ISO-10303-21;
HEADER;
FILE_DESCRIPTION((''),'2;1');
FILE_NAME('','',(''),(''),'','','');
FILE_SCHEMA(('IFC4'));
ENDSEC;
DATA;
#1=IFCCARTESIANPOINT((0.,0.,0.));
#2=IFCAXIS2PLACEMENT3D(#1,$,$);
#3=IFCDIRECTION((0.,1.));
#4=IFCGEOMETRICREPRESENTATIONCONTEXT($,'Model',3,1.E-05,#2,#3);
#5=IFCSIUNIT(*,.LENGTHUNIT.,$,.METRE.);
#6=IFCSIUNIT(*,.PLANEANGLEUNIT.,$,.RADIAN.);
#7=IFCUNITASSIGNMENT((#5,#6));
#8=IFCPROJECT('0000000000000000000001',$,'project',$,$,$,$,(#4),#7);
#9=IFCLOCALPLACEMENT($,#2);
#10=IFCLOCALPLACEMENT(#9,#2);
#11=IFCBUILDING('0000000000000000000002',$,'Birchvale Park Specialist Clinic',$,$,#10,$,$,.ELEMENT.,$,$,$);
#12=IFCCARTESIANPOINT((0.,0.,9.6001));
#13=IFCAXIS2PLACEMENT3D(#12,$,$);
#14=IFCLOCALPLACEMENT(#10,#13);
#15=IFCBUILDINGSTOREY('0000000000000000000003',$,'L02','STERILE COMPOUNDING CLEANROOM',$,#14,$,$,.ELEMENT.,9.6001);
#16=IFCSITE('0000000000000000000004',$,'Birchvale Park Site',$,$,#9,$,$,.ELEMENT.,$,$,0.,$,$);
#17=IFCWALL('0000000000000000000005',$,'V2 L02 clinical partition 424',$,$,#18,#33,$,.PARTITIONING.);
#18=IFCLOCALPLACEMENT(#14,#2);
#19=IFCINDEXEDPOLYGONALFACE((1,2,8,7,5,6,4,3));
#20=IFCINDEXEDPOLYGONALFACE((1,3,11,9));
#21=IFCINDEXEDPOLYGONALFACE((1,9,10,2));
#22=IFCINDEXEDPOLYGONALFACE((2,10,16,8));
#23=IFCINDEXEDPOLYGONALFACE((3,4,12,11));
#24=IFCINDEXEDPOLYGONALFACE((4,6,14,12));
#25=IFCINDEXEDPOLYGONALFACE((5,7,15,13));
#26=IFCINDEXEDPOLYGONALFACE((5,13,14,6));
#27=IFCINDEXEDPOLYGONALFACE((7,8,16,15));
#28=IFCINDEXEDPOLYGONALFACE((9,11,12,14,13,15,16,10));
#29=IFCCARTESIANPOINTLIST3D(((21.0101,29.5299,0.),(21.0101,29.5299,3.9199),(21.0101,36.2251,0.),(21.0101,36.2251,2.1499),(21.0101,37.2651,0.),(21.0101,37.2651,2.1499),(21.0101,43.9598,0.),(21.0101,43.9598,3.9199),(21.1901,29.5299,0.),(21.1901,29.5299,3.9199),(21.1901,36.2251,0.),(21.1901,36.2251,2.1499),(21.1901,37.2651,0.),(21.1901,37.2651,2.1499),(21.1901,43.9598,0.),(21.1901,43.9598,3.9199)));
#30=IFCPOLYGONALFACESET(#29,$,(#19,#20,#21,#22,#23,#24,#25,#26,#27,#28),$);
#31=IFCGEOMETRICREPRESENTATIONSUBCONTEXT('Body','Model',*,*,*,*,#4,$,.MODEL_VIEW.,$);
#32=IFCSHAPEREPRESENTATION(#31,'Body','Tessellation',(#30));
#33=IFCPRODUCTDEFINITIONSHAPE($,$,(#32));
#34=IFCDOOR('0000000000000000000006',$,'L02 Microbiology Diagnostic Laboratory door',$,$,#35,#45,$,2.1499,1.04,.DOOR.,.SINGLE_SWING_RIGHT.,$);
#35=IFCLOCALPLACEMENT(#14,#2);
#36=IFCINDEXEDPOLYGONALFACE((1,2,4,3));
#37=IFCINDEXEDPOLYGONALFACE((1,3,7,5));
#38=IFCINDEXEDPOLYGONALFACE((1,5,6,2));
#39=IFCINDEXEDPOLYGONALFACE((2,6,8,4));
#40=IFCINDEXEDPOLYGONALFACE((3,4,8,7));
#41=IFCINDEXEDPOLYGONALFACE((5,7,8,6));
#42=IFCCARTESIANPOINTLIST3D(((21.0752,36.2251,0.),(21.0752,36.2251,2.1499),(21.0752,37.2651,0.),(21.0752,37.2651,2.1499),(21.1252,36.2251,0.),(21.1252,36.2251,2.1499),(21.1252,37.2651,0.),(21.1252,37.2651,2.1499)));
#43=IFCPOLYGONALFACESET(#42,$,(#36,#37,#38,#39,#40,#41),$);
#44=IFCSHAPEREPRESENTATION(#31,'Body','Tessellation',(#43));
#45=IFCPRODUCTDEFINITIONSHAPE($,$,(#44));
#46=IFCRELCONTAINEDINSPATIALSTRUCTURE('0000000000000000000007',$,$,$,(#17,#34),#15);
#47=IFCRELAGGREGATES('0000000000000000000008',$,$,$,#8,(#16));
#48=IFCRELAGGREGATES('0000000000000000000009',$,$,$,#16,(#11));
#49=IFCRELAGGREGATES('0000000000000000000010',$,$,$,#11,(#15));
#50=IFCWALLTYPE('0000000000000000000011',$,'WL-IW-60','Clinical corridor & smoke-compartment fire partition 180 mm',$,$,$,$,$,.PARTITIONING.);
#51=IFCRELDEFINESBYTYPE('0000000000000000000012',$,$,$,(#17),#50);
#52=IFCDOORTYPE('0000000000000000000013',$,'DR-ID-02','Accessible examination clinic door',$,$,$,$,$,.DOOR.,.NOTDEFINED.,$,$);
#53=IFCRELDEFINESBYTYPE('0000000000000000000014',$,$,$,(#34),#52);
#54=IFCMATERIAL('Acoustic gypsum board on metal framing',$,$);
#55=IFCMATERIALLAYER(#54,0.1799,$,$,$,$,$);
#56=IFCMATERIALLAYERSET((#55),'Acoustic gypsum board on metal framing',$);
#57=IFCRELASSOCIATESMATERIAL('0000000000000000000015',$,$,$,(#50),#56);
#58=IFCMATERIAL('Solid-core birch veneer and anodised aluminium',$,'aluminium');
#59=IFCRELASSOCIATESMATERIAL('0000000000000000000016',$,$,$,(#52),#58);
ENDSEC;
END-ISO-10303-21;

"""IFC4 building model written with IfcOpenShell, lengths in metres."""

from ifc_helpers import new_model, si_unit, direction, frame, frame_2d, origin, place, context, subcontext, project, spatial, rectangle, extrude, material, layer, layer_set, type_object, element, fill, save


model = new_model("IFC4")

# Units and contexts
model_context = context("Model", 3, precision=1e-05, world=origin(), true_north=direction((0.0, 1.0)))
body_context = subcontext(model_context, "Body", "Model", "MODEL_VIEW")
ifc_project = project(units=[si_unit("LENGTHUNIT", "METRE"), si_unit("PLANEANGLEUNIT", "RADIAN")], contexts=[model_context])

# Site, building, storey
site_placement = place(None, origin())
site = spatial("IfcSite", under=ifc_project, at=site_placement, Name="Birchvale Park Site", CompositionType="ELEMENT", RefElevation=0.0)
building_placement = place(site_placement, origin())
building = spatial("IfcBuilding", under=site, at=building_placement, Name="Birchvale Park Specialist Clinic", CompositionType="ELEMENT")
storey_placement = place(building_placement, frame((0.0, 0.0, 9.6001)))
storey = spatial("IfcBuildingStorey", under=building, at=storey_placement, Name="L02", Description="STERILE COMPOUNDING CLEANROOM", CompositionType="ELEMENT", Elevation=9.6001)

# Shared definitions
ifc_material_1 = material(Name="Solid-core birch veneer and anodised aluminium", Category="aluminium")

# Shared definitions
ifc_material_2 = material(Name="Acoustic gypsum board on metal framing")
ifc_layer_1 = layer(ifc_material_2, 0.1799)
ifc_layer_set_1 = layer_set([ifc_layer_1], Name="Acoustic gypsum board on metal framing")
wall_type_1 = type_object("IfcWallType", Name="WL-IW-60", Description="Clinical corridor & smoke-compartment fire partition 180 mm", PredefinedType="PARTITIONING", material=ifc_layer_set_1)

# Wall, opening, door
wall_1_placement = place(storey_placement, frame((21.1001, 29.53, 0.0), z_axis=(0.0, 0.0, 1.0), x_axis=(0.0, 1.0, 0.0)))
wall_1 = element("IfcWall", 1, at=wall_1_placement, inside=storey, type_object=wall_type_1, Name="V2 L02 clinical partition 424", PredefinedType="PARTITIONING", context=body_context, shape_type="SweptSolid", body=[
    extrude(rectangle(XDim=14.4299, YDim=0.1799, at=frame_2d((7.2148, 0.0))), origin(), (0.0, 0.0, 1.0), 3.9199),
])
opening_1_placement = place(wall_1_placement, frame((6.6951, 0.0, 0.0)))
opening_1 = element("IfcOpeningElement", 2, at=opening_1_placement, cuts=wall_1, PredefinedType="OPENING", context=body_context, shape_type="SweptSolid", body=[
    extrude(rectangle(XDim=1.04, YDim=2.1499, at=frame_2d((0.52, 1.075))), frame((0.0, 0.1001, 0.0), z_axis=(0.0, -1.0, 0.0), x_axis=(1.0, 0.0, 0.0)), (0.0, 0.0, 1.0), 0.2),
])
door_type_1 = type_object("IfcDoorType", Name="DR-ID-02", Description="Accessible examination clinic door", OperationType="NOTDEFINED", PredefinedType="DOOR", material=ifc_material_1)
door_1_placement = place(opening_1_placement, origin())
door_1 = element("IfcDoor", 3, at=door_1_placement, inside=storey, type_object=door_type_1, Name="L02 Microbiology Diagnostic Laboratory door", OperationType="SINGLE_SWING_RIGHT", OverallHeight=2.1499, OverallWidth=1.04, PredefinedType="DOOR", context=body_context, shape_type="SweptSolid", body=[
    extrude(rectangle(XDim=1.04, YDim=2.1499, at=frame_2d((0.52, 1.075))), frame((0.0, 0.0249, 0.0), z_axis=(0.0, -1.0, 0.0), x_axis=(1.0, 0.0, 0.0)), (0.0, 0.0, 1.0), 0.05),
])
fill(opening_1, door_1)

save(model, "model.ifc")
